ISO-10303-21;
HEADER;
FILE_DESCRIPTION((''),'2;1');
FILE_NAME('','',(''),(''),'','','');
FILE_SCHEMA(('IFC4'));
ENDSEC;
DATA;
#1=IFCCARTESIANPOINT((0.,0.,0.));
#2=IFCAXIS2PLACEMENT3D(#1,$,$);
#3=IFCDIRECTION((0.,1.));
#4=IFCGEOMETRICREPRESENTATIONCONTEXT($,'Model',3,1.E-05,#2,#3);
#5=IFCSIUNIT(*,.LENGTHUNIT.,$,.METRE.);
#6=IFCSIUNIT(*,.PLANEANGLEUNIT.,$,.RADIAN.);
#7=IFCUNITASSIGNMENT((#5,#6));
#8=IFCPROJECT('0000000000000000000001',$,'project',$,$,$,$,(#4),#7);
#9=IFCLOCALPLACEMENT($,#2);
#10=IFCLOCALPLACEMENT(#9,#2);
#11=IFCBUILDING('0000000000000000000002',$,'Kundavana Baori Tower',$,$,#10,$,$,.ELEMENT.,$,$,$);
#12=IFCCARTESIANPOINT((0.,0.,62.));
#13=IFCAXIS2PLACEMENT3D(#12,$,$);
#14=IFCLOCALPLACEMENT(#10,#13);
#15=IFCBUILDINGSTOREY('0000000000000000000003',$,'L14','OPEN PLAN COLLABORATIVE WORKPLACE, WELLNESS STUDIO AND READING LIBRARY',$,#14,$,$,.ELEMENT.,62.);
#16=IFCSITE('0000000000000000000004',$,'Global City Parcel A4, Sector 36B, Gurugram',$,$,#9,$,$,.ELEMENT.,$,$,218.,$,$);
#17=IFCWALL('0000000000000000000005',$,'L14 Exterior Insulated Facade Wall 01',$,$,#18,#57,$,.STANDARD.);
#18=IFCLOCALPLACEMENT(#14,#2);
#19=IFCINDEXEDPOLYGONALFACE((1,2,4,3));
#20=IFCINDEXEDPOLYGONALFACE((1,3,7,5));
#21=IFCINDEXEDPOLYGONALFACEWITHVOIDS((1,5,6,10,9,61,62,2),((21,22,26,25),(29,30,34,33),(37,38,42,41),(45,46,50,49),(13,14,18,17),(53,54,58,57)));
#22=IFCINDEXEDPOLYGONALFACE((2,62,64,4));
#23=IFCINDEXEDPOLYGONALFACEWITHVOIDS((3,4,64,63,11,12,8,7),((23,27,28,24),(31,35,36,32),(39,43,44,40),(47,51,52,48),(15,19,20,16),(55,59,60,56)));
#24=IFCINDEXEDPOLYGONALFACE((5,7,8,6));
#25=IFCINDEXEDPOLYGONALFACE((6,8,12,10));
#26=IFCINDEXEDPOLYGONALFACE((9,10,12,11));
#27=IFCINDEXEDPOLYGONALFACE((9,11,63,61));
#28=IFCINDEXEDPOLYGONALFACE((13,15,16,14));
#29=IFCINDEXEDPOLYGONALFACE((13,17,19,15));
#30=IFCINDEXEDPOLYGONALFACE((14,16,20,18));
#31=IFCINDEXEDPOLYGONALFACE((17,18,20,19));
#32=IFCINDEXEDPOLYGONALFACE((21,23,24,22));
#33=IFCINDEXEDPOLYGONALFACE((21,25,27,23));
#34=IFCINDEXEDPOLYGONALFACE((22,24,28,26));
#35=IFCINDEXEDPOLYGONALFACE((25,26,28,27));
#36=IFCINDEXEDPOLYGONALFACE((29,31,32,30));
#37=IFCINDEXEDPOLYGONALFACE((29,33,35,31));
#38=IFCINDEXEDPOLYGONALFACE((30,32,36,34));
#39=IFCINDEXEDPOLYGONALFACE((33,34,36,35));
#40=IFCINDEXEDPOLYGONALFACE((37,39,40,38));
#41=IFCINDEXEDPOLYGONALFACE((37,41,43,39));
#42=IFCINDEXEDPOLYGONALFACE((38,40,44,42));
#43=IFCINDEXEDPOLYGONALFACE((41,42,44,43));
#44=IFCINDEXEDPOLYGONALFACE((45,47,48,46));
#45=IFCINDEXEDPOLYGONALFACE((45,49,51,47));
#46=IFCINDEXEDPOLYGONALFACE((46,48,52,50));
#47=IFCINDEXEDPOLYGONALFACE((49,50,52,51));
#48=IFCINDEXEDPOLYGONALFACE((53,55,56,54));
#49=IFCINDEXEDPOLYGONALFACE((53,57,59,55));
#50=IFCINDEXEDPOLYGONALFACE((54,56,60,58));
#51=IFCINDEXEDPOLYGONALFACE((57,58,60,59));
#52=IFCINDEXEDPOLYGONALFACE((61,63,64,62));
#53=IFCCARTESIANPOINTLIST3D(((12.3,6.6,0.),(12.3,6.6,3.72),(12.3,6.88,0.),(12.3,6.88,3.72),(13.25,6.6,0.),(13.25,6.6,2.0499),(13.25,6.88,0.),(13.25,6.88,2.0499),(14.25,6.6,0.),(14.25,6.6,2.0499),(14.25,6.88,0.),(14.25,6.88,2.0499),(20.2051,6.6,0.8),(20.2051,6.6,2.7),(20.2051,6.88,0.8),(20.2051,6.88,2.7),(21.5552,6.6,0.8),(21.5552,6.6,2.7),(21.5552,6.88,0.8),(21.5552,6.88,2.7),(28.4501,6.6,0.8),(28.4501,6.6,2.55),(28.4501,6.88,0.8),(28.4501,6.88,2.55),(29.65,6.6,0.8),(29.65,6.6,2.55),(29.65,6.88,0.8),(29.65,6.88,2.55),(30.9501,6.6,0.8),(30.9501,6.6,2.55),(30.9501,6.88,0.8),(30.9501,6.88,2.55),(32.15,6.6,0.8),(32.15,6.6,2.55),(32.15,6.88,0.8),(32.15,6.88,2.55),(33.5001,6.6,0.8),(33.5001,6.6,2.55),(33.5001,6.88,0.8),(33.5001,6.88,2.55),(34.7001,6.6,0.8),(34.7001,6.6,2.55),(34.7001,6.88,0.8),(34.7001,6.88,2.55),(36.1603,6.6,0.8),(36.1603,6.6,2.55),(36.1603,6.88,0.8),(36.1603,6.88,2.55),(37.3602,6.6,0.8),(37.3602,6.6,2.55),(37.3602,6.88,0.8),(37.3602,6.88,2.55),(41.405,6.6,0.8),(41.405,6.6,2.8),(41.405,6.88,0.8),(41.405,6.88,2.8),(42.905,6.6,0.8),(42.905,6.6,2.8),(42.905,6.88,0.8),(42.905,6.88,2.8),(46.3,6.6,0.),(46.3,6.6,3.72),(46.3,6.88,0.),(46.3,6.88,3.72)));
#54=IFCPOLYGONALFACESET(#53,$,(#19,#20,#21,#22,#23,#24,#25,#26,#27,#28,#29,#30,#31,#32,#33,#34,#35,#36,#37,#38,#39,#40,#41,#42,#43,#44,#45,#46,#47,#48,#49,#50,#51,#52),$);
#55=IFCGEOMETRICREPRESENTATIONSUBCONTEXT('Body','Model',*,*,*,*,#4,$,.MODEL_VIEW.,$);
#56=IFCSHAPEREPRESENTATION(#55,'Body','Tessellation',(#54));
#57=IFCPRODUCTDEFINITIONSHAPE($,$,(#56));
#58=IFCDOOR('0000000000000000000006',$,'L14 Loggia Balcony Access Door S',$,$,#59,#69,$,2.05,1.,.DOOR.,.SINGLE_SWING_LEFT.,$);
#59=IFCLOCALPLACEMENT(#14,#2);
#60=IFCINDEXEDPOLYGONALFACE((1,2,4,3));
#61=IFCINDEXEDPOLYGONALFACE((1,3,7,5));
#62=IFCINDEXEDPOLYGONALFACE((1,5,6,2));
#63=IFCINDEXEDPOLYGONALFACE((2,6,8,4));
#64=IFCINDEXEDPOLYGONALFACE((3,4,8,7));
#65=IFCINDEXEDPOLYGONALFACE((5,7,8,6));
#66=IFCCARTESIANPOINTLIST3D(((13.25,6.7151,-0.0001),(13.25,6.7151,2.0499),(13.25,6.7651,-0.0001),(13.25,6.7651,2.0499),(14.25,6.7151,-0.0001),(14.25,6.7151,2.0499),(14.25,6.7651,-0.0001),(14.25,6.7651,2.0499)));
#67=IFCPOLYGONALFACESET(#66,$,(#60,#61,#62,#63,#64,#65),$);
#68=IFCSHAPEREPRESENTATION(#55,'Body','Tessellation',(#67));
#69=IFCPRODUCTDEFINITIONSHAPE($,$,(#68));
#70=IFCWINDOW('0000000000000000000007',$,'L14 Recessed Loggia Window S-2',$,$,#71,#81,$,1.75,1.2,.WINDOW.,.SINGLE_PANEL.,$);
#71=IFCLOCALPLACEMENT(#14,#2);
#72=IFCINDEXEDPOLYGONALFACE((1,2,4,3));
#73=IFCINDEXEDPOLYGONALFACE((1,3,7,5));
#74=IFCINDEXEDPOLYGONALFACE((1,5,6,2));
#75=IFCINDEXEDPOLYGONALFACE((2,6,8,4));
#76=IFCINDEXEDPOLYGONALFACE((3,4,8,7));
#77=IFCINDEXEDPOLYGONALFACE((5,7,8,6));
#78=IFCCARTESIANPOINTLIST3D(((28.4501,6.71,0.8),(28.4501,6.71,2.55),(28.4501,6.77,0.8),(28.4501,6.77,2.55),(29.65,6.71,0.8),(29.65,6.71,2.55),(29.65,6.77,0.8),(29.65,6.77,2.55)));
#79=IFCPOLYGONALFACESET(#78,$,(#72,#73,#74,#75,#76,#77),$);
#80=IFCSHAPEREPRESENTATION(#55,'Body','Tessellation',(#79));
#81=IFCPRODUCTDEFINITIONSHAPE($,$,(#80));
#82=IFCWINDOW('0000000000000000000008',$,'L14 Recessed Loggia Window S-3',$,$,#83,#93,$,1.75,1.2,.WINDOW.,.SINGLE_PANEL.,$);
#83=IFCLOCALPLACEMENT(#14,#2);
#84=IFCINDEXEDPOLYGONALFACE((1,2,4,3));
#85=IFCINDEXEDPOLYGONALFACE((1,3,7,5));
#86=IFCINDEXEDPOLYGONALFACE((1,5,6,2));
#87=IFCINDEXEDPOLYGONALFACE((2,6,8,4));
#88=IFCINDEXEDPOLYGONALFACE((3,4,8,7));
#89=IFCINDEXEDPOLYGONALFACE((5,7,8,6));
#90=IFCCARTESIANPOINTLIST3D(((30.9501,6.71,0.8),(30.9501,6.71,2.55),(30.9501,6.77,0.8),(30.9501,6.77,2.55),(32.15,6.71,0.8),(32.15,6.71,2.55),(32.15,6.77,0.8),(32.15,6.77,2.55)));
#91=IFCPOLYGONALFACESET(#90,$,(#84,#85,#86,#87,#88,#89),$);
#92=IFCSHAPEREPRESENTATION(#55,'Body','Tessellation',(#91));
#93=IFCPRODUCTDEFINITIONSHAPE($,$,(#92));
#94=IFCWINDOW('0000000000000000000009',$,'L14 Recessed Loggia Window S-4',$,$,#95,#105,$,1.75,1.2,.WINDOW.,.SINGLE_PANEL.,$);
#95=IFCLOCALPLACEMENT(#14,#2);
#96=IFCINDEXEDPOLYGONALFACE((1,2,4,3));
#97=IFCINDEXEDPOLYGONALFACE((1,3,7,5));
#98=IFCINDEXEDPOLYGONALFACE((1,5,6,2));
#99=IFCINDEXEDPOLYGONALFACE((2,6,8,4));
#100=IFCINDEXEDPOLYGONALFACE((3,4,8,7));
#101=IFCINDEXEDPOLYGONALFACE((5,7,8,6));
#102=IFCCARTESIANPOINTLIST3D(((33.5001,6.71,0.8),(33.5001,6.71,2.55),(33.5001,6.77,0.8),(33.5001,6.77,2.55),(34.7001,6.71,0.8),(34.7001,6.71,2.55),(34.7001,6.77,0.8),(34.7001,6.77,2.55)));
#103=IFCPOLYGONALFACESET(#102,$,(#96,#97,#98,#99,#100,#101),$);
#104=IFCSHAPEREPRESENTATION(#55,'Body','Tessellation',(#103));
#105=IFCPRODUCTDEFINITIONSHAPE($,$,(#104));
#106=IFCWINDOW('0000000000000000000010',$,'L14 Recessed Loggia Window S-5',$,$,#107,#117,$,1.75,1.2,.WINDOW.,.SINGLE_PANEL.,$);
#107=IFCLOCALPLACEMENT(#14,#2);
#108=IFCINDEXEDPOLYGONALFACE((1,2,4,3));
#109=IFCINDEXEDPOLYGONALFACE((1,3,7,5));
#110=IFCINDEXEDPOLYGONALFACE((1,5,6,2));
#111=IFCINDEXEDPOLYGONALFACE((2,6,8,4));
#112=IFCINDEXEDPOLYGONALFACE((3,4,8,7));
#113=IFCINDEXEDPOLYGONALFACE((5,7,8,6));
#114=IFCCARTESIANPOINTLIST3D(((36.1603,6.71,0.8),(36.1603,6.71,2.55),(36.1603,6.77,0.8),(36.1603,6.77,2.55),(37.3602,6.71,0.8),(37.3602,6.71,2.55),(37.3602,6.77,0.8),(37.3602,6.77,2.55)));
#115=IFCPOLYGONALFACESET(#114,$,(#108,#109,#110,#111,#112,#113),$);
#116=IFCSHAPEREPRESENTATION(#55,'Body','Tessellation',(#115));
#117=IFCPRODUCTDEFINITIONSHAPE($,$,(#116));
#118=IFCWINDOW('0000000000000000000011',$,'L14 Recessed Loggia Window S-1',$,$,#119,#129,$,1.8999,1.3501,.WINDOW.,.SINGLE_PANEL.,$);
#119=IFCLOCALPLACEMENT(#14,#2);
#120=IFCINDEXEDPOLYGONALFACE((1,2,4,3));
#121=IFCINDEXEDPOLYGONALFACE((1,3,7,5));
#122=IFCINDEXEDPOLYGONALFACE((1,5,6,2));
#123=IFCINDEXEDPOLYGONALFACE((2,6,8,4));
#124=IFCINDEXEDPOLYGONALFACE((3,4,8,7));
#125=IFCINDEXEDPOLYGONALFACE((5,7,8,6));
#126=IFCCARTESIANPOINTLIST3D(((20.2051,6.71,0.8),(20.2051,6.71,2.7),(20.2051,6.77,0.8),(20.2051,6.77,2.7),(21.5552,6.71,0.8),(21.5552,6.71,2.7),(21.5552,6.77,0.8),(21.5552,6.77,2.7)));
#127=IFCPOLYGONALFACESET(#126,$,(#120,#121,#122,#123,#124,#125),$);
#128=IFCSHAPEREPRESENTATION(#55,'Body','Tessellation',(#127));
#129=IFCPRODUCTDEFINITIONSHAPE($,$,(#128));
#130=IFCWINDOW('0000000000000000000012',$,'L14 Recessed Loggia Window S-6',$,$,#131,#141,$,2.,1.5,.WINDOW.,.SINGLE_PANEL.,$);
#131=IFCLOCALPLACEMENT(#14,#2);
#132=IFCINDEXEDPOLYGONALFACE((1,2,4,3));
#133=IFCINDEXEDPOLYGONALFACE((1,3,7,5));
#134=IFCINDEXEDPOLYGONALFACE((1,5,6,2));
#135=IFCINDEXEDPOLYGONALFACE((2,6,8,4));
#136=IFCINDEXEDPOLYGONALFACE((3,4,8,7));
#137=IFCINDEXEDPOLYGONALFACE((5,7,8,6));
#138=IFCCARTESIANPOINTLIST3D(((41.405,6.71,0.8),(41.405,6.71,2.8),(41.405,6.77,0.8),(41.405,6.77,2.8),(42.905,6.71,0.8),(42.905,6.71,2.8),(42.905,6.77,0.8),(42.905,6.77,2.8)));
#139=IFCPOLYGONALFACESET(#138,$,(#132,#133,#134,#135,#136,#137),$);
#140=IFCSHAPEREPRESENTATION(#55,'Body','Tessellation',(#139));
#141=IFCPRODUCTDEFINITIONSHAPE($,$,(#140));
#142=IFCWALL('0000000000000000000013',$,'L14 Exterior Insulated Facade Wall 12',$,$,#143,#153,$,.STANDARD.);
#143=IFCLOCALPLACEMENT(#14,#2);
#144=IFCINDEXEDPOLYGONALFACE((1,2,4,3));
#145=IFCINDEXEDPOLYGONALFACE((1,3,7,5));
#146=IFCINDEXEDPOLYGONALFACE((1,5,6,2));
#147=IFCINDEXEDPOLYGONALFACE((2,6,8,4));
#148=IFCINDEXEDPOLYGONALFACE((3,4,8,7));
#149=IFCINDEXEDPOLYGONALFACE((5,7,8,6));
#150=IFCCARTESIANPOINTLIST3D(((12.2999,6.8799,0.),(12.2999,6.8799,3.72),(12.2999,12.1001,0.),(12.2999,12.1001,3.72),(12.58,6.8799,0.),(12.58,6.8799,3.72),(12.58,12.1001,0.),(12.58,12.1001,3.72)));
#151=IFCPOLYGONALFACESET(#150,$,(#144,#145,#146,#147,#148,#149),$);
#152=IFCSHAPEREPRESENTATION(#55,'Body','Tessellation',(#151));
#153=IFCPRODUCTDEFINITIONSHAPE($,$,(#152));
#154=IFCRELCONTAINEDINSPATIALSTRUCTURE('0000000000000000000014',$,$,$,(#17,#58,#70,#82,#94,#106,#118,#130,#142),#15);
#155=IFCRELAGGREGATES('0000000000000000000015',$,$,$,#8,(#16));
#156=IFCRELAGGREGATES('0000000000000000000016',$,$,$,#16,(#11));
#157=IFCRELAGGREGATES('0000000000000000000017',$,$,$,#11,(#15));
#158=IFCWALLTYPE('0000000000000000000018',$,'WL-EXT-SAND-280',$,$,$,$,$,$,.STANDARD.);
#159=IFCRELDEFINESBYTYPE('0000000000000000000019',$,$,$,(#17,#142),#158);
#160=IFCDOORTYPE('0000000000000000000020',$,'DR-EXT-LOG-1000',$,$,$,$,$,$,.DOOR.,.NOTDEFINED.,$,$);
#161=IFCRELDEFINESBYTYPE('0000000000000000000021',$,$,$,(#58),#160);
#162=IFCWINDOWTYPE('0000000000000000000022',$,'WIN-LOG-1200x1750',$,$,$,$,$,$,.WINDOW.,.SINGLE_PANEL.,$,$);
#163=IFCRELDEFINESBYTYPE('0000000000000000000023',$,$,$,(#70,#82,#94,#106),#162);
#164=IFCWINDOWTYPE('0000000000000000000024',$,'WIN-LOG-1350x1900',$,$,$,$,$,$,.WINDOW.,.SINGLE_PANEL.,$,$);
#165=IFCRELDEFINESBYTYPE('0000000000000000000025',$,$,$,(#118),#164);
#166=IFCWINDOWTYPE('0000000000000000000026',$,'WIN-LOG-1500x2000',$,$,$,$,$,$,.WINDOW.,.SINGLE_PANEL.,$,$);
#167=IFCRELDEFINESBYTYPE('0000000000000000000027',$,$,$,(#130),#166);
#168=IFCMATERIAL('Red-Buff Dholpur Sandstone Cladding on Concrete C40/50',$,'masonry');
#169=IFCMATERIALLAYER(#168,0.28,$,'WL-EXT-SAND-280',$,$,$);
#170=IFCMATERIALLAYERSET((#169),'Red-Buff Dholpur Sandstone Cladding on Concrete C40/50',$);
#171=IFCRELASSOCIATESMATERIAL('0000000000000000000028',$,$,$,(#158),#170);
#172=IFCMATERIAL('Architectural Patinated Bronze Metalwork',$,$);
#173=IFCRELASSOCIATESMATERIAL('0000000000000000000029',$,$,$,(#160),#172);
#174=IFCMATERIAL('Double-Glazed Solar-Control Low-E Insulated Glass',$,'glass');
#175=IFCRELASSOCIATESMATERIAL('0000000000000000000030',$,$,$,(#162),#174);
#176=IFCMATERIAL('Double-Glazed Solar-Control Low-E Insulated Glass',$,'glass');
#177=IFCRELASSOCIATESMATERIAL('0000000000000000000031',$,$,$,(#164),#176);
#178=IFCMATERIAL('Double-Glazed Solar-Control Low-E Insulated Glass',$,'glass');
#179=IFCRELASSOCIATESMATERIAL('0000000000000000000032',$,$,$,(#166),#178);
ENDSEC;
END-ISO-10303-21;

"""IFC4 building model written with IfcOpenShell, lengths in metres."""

from ifc_helpers import new_model, si_unit, direction, frame, frame_2d, origin, place, context, subcontext, project, spatial, rectangle, extrude, material, layer, layer_set, type_object, element, fill, save


model = new_model("IFC4")

# Units and contexts
model_context = context("Model", 3, precision=1e-05, world=origin(), true_north=direction((0.0, 1.0)))
body_context = subcontext(model_context, "Body", "Model", "MODEL_VIEW")
ifc_project = project(units=[si_unit("LENGTHUNIT", "METRE"), si_unit("PLANEANGLEUNIT", "RADIAN")], contexts=[model_context])

# Site, building, storey
site_placement = place(None, origin())
site = spatial("IfcSite", under=ifc_project, at=site_placement, Name="Global City Parcel A4, Sector 36B, Gurugram", CompositionType="ELEMENT", RefElevation=218.0)
building_placement = place(site_placement, origin())
building = spatial("IfcBuilding", under=site, at=building_placement, Name="Kundavana Baori Tower", CompositionType="ELEMENT")
storey_placement = place(building_placement, frame((0.0, 0.0, 62.0)))
storey = spatial("IfcBuildingStorey", under=building, at=storey_placement, Name="L14", Description="OPEN PLAN COLLABORATIVE WORKPLACE, WELLNESS STUDIO AND READING LIBRARY", CompositionType="ELEMENT", Elevation=62.0)

# Wall, openings, door, windows
ifc_material_1 = material(Name="Red-Buff Dholpur Sandstone Cladding on Concrete C40/50", Category="masonry")
ifc_layer_1 = layer(ifc_material_1, 0.28, Name="WL-EXT-SAND-280")
ifc_layer_set_1 = layer_set([ifc_layer_1], Name="Red-Buff Dholpur Sandstone Cladding on Concrete C40/50")
wall_type_1 = type_object("IfcWallType", Name="WL-EXT-SAND-280", PredefinedType="STANDARD", material=ifc_layer_set_1)
wall_1_placement = place(storey_placement, frame((12.3, 6.74, 0.0), z_axis=(0.0, 0.0, 1.0), x_axis=(1.0, 0.0, 0.0)))
wall_1 = element("IfcWall", 1, at=wall_1_placement, inside=storey, type_object=wall_type_1, Name="L14 Exterior Insulated Facade Wall 01", PredefinedType="STANDARD", context=body_context, shape_type="SweptSolid", body=[
    extrude(rectangle(XDim=34.0, YDim=0.28, at=frame_2d((17.0, 0.0))), origin(), (0.0, 0.0, 1.0), 3.72),
])
opening_1_placement = place(wall_1_placement, frame((0.95, 0.0, 0.0)))
opening_1 = element("IfcOpeningElement", 2, at=opening_1_placement, cuts=wall_1, PredefinedType="OPENING", context=body_context, shape_type="SweptSolid", body=[
    extrude(rectangle(XDim=1.0, YDim=2.05, at=frame_2d((0.5, 1.0249))), frame((0.0, 0.1499, 0.0), z_axis=(0.0, -1.0, 0.0), x_axis=(1.0, 0.0, 0.0)), (0.0, 0.0, 1.0), 0.3),
])
opening_2_placement = place(wall_1_placement, frame((7.905, 0.0, 0.8)))
opening_2 = element("IfcOpeningElement", 3, at=opening_2_placement, cuts=wall_1, PredefinedType="OPENING", context=body_context, shape_type="SweptSolid", body=[
    extrude(rectangle(XDim=1.3501, YDim=1.8999, at=frame_2d((0.675, 0.95))), frame((0.0, 0.1499, 0.0), z_axis=(0.0, -1.0, 0.0), x_axis=(1.0, 0.0, 0.0)), (0.0, 0.0, 1.0), 0.3),
])
opening_3_placement = place(wall_1_placement, frame((16.1499, 0.0, 0.8)))
opening_3 = element("IfcOpeningElement", 4, at=opening_3_placement, cuts=wall_1, PredefinedType="OPENING", context=body_context, shape_type="SweptSolid", body=[
    extrude(rectangle(XDim=1.2, YDim=1.75, at=frame_2d((0.6001, 0.875))), frame((0.0, 0.1499, 0.0), z_axis=(0.0, -1.0, 0.0), x_axis=(1.0, 0.0, 0.0)), (0.0, 0.0, 1.0), 0.3),
])
opening_4_placement = place(wall_1_placement, frame((18.6499, 0.0, 0.8)))
opening_4 = element("IfcOpeningElement", 5, at=opening_4_placement, cuts=wall_1, PredefinedType="OPENING", context=body_context, shape_type="SweptSolid", body=[
    extrude(rectangle(XDim=1.2, YDim=1.75, at=frame_2d((0.6001, 0.875))), frame((0.0, 0.1499, 0.0), z_axis=(0.0, -1.0, 0.0), x_axis=(1.0, 0.0, 0.0)), (0.0, 0.0, 1.0), 0.3),
])
opening_5_placement = place(wall_1_placement, frame((21.2, 0.0, 0.8)))
opening_5 = element("IfcOpeningElement", 6, at=opening_5_placement, cuts=wall_1, PredefinedType="OPENING", context=body_context, shape_type="SweptSolid", body=[
    extrude(rectangle(XDim=1.2, YDim=1.75, at=frame_2d((0.6001, 0.875))), frame((0.0, 0.1499, 0.0), z_axis=(0.0, -1.0, 0.0), x_axis=(1.0, 0.0, 0.0)), (0.0, 0.0, 1.0), 0.3),
])
opening_6_placement = place(wall_1_placement, frame((23.8601, 0.0, 0.8)))
opening_6 = element("IfcOpeningElement", 7, at=opening_6_placement, cuts=wall_1, PredefinedType="OPENING", context=body_context, shape_type="SweptSolid", body=[
    extrude(rectangle(XDim=1.2, YDim=1.75, at=frame_2d((0.6001, 0.875))), frame((0.0, 0.1499, 0.0), z_axis=(0.0, -1.0, 0.0), x_axis=(1.0, 0.0, 0.0)), (0.0, 0.0, 1.0), 0.3),
])
opening_7_placement = place(wall_1_placement, frame((29.105, 0.0, 0.8)))
opening_7 = element("IfcOpeningElement", 8, at=opening_7_placement, cuts=wall_1, PredefinedType="OPENING", context=body_context, shape_type="SweptSolid", body=[
    extrude(rectangle(XDim=1.5, YDim=2.0, at=frame_2d((0.75, 1.0))), frame((0.0, 0.1499, 0.0), z_axis=(0.0, -1.0, 0.0), x_axis=(1.0, 0.0, 0.0)), (0.0, 0.0, 1.0), 0.3),
])
ifc_material_2 = material(Name="Architectural Patinated Bronze Metalwork")
door_type_1 = type_object("IfcDoorType", Name="DR-EXT-LOG-1000", OperationType="NOTDEFINED", PredefinedType="DOOR", material=ifc_material_2)
door_1_placement = place(opening_1_placement, frame((1.0, 0.0, 0.0), z_axis=(0.0, 0.0, 1.0), x_axis=(-1.0, 0.0, 0.0)))
door_1 = element("IfcDoor", 9, at=door_1_placement, inside=storey, type_object=door_type_1, Name="L14 Loggia Balcony Access Door S", OperationType="SINGLE_SWING_LEFT", OverallHeight=2.05, OverallWidth=1.0, PredefinedType="DOOR", context=body_context, shape_type="SweptSolid", body=[
    extrude(rectangle(XDim=1.0, YDim=2.05, at=frame_2d((0.5, 1.0249))), frame((0.0, 0.0249, 0.0), z_axis=(0.0, -1.0, 0.0), x_axis=(1.0, 0.0, 0.0)), (0.0, 0.0, 1.0), 0.05),
])
fill(opening_1, door_1)
ifc_material_3 = material(Name="Double-Glazed Solar-Control Low-E Insulated Glass", Category="glass")
window_type_1 = type_object("IfcWindowType", Name="WIN-LOG-1200x1750", PartitioningType="SINGLE_PANEL", PredefinedType="WINDOW", material=ifc_material_3)
window_1_placement = place(opening_3_placement, origin())
window_1 = element("IfcWindow", 10, at=window_1_placement, inside=storey, type_object=window_type_1, Name="L14 Recessed Loggia Window S-2", OverallHeight=1.75, OverallWidth=1.2, PartitioningType="SINGLE_PANEL", PredefinedType="WINDOW", context=body_context, shape_type="SweptSolid", body=[
    extrude(rectangle(XDim=1.2, YDim=1.75, at=frame_2d((0.6001, 0.875))), frame((0.0, 0.03, 0.0), z_axis=(0.0, -1.0, 0.0), x_axis=(1.0, 0.0, 0.0)), (0.0, 0.0, 1.0), 0.0601),
])
fill(opening_3, window_1)
window_2_placement = place(opening_4_placement, origin())
window_2 = element("IfcWindow", 11, at=window_2_placement, inside=storey, type_object=window_type_1, Name="L14 Recessed Loggia Window S-3", OverallHeight=1.75, OverallWidth=1.2, PartitioningType="SINGLE_PANEL", PredefinedType="WINDOW", context=body_context, shape_type="SweptSolid", body=[
    extrude(rectangle(XDim=1.2, YDim=1.75, at=frame_2d((0.6001, 0.875))), frame((0.0, 0.03, 0.0), z_axis=(0.0, -1.0, 0.0), x_axis=(1.0, 0.0, 0.0)), (0.0, 0.0, 1.0), 0.0601),
])
fill(opening_4, window_2)
window_3_placement = place(opening_5_placement, origin())
window_3 = element("IfcWindow", 12, at=window_3_placement, inside=storey, type_object=window_type_1, Name="L14 Recessed Loggia Window S-4", OverallHeight=1.75, OverallWidth=1.2, PartitioningType="SINGLE_PANEL", PredefinedType="WINDOW", context=body_context, shape_type="SweptSolid", body=[
    extrude(rectangle(XDim=1.2, YDim=1.75, at=frame_2d((0.6001, 0.875))), frame((0.0, 0.03, 0.0), z_axis=(0.0, -1.0, 0.0), x_axis=(1.0, 0.0, 0.0)), (0.0, 0.0, 1.0), 0.0601),
])
fill(opening_5, window_3)
window_4_placement = place(opening_6_placement, origin())
window_4 = element("IfcWindow", 13, at=window_4_placement, inside=storey, type_object=window_type_1, Name="L14 Recessed Loggia Window S-5", OverallHeight=1.75, OverallWidth=1.2, PartitioningType="SINGLE_PANEL", PredefinedType="WINDOW", context=body_context, shape_type="SweptSolid", body=[
    extrude(rectangle(XDim=1.2, YDim=1.75, at=frame_2d((0.6001, 0.875))), frame((0.0, 0.03, 0.0), z_axis=(0.0, -1.0, 0.0), x_axis=(1.0, 0.0, 0.0)), (0.0, 0.0, 1.0), 0.0601),
])
fill(opening_6, window_4)
ifc_material_4 = material(Name="Double-Glazed Solar-Control Low-E Insulated Glass", Category="glass")
window_type_2 = type_object("IfcWindowType", Name="WIN-LOG-1350x1900", PartitioningType="SINGLE_PANEL", PredefinedType="WINDOW", material=ifc_material_4)
window_5_placement = place(opening_2_placement, origin())
window_5 = element("IfcWindow", 14, at=window_5_placement, inside=storey, type_object=window_type_2, Name="L14 Recessed Loggia Window S-1", OverallHeight=1.8999, OverallWidth=1.3501, PartitioningType="SINGLE_PANEL", PredefinedType="WINDOW", context=body_context, shape_type="SweptSolid", body=[
    extrude(rectangle(XDim=1.3501, YDim=1.8999, at=frame_2d((0.675, 0.95))), frame((0.0, 0.03, 0.0), z_axis=(0.0, -1.0, 0.0), x_axis=(1.0, 0.0, 0.0)), (0.0, 0.0, 1.0), 0.0601),
])
fill(opening_2, window_5)
ifc_material_5 = material(Name="Double-Glazed Solar-Control Low-E Insulated Glass", Category="glass")
window_type_3 = type_object("IfcWindowType", Name="WIN-LOG-1500x2000", PartitioningType="SINGLE_PANEL", PredefinedType="WINDOW", material=ifc_material_5)
window_6_placement = place(opening_7_placement, origin())
window_6 = element("IfcWindow", 15, at=window_6_placement, inside=storey, type_object=window_type_3, Name="L14 Recessed Loggia Window S-6", OverallHeight=2.0, OverallWidth=1.5, PartitioningType="SINGLE_PANEL", PredefinedType="WINDOW", context=body_context, shape_type="SweptSolid", body=[
    extrude(rectangle(XDim=1.5, YDim=2.0, at=frame_2d((0.75, 1.0))), frame((0.0, 0.03, 0.0), z_axis=(0.0, -1.0, 0.0), x_axis=(1.0, 0.0, 0.0)), (0.0, 0.0, 1.0), 0.0601),
])
fill(opening_7, window_6)

# Wall
wall_2_placement = place(storey_placement, frame((12.4399, 12.1001, 0.0), z_axis=(0.0, 0.0, 1.0), x_axis=(0.0, -1.0, 0.0)))
element("IfcWall", 16, at=wall_2_placement, inside=storey, type_object=wall_type_1, Name="L14 Exterior Insulated Facade Wall 12", PredefinedType="STANDARD", context=body_context, shape_type="SweptSolid", body=[
    extrude(rectangle(XDim=5.2202, YDim=0.28, at=frame_2d((2.6101, 0.0))), origin(), (0.0, 0.0, 1.0), 3.72),
])

save(model, "model.ifc")
